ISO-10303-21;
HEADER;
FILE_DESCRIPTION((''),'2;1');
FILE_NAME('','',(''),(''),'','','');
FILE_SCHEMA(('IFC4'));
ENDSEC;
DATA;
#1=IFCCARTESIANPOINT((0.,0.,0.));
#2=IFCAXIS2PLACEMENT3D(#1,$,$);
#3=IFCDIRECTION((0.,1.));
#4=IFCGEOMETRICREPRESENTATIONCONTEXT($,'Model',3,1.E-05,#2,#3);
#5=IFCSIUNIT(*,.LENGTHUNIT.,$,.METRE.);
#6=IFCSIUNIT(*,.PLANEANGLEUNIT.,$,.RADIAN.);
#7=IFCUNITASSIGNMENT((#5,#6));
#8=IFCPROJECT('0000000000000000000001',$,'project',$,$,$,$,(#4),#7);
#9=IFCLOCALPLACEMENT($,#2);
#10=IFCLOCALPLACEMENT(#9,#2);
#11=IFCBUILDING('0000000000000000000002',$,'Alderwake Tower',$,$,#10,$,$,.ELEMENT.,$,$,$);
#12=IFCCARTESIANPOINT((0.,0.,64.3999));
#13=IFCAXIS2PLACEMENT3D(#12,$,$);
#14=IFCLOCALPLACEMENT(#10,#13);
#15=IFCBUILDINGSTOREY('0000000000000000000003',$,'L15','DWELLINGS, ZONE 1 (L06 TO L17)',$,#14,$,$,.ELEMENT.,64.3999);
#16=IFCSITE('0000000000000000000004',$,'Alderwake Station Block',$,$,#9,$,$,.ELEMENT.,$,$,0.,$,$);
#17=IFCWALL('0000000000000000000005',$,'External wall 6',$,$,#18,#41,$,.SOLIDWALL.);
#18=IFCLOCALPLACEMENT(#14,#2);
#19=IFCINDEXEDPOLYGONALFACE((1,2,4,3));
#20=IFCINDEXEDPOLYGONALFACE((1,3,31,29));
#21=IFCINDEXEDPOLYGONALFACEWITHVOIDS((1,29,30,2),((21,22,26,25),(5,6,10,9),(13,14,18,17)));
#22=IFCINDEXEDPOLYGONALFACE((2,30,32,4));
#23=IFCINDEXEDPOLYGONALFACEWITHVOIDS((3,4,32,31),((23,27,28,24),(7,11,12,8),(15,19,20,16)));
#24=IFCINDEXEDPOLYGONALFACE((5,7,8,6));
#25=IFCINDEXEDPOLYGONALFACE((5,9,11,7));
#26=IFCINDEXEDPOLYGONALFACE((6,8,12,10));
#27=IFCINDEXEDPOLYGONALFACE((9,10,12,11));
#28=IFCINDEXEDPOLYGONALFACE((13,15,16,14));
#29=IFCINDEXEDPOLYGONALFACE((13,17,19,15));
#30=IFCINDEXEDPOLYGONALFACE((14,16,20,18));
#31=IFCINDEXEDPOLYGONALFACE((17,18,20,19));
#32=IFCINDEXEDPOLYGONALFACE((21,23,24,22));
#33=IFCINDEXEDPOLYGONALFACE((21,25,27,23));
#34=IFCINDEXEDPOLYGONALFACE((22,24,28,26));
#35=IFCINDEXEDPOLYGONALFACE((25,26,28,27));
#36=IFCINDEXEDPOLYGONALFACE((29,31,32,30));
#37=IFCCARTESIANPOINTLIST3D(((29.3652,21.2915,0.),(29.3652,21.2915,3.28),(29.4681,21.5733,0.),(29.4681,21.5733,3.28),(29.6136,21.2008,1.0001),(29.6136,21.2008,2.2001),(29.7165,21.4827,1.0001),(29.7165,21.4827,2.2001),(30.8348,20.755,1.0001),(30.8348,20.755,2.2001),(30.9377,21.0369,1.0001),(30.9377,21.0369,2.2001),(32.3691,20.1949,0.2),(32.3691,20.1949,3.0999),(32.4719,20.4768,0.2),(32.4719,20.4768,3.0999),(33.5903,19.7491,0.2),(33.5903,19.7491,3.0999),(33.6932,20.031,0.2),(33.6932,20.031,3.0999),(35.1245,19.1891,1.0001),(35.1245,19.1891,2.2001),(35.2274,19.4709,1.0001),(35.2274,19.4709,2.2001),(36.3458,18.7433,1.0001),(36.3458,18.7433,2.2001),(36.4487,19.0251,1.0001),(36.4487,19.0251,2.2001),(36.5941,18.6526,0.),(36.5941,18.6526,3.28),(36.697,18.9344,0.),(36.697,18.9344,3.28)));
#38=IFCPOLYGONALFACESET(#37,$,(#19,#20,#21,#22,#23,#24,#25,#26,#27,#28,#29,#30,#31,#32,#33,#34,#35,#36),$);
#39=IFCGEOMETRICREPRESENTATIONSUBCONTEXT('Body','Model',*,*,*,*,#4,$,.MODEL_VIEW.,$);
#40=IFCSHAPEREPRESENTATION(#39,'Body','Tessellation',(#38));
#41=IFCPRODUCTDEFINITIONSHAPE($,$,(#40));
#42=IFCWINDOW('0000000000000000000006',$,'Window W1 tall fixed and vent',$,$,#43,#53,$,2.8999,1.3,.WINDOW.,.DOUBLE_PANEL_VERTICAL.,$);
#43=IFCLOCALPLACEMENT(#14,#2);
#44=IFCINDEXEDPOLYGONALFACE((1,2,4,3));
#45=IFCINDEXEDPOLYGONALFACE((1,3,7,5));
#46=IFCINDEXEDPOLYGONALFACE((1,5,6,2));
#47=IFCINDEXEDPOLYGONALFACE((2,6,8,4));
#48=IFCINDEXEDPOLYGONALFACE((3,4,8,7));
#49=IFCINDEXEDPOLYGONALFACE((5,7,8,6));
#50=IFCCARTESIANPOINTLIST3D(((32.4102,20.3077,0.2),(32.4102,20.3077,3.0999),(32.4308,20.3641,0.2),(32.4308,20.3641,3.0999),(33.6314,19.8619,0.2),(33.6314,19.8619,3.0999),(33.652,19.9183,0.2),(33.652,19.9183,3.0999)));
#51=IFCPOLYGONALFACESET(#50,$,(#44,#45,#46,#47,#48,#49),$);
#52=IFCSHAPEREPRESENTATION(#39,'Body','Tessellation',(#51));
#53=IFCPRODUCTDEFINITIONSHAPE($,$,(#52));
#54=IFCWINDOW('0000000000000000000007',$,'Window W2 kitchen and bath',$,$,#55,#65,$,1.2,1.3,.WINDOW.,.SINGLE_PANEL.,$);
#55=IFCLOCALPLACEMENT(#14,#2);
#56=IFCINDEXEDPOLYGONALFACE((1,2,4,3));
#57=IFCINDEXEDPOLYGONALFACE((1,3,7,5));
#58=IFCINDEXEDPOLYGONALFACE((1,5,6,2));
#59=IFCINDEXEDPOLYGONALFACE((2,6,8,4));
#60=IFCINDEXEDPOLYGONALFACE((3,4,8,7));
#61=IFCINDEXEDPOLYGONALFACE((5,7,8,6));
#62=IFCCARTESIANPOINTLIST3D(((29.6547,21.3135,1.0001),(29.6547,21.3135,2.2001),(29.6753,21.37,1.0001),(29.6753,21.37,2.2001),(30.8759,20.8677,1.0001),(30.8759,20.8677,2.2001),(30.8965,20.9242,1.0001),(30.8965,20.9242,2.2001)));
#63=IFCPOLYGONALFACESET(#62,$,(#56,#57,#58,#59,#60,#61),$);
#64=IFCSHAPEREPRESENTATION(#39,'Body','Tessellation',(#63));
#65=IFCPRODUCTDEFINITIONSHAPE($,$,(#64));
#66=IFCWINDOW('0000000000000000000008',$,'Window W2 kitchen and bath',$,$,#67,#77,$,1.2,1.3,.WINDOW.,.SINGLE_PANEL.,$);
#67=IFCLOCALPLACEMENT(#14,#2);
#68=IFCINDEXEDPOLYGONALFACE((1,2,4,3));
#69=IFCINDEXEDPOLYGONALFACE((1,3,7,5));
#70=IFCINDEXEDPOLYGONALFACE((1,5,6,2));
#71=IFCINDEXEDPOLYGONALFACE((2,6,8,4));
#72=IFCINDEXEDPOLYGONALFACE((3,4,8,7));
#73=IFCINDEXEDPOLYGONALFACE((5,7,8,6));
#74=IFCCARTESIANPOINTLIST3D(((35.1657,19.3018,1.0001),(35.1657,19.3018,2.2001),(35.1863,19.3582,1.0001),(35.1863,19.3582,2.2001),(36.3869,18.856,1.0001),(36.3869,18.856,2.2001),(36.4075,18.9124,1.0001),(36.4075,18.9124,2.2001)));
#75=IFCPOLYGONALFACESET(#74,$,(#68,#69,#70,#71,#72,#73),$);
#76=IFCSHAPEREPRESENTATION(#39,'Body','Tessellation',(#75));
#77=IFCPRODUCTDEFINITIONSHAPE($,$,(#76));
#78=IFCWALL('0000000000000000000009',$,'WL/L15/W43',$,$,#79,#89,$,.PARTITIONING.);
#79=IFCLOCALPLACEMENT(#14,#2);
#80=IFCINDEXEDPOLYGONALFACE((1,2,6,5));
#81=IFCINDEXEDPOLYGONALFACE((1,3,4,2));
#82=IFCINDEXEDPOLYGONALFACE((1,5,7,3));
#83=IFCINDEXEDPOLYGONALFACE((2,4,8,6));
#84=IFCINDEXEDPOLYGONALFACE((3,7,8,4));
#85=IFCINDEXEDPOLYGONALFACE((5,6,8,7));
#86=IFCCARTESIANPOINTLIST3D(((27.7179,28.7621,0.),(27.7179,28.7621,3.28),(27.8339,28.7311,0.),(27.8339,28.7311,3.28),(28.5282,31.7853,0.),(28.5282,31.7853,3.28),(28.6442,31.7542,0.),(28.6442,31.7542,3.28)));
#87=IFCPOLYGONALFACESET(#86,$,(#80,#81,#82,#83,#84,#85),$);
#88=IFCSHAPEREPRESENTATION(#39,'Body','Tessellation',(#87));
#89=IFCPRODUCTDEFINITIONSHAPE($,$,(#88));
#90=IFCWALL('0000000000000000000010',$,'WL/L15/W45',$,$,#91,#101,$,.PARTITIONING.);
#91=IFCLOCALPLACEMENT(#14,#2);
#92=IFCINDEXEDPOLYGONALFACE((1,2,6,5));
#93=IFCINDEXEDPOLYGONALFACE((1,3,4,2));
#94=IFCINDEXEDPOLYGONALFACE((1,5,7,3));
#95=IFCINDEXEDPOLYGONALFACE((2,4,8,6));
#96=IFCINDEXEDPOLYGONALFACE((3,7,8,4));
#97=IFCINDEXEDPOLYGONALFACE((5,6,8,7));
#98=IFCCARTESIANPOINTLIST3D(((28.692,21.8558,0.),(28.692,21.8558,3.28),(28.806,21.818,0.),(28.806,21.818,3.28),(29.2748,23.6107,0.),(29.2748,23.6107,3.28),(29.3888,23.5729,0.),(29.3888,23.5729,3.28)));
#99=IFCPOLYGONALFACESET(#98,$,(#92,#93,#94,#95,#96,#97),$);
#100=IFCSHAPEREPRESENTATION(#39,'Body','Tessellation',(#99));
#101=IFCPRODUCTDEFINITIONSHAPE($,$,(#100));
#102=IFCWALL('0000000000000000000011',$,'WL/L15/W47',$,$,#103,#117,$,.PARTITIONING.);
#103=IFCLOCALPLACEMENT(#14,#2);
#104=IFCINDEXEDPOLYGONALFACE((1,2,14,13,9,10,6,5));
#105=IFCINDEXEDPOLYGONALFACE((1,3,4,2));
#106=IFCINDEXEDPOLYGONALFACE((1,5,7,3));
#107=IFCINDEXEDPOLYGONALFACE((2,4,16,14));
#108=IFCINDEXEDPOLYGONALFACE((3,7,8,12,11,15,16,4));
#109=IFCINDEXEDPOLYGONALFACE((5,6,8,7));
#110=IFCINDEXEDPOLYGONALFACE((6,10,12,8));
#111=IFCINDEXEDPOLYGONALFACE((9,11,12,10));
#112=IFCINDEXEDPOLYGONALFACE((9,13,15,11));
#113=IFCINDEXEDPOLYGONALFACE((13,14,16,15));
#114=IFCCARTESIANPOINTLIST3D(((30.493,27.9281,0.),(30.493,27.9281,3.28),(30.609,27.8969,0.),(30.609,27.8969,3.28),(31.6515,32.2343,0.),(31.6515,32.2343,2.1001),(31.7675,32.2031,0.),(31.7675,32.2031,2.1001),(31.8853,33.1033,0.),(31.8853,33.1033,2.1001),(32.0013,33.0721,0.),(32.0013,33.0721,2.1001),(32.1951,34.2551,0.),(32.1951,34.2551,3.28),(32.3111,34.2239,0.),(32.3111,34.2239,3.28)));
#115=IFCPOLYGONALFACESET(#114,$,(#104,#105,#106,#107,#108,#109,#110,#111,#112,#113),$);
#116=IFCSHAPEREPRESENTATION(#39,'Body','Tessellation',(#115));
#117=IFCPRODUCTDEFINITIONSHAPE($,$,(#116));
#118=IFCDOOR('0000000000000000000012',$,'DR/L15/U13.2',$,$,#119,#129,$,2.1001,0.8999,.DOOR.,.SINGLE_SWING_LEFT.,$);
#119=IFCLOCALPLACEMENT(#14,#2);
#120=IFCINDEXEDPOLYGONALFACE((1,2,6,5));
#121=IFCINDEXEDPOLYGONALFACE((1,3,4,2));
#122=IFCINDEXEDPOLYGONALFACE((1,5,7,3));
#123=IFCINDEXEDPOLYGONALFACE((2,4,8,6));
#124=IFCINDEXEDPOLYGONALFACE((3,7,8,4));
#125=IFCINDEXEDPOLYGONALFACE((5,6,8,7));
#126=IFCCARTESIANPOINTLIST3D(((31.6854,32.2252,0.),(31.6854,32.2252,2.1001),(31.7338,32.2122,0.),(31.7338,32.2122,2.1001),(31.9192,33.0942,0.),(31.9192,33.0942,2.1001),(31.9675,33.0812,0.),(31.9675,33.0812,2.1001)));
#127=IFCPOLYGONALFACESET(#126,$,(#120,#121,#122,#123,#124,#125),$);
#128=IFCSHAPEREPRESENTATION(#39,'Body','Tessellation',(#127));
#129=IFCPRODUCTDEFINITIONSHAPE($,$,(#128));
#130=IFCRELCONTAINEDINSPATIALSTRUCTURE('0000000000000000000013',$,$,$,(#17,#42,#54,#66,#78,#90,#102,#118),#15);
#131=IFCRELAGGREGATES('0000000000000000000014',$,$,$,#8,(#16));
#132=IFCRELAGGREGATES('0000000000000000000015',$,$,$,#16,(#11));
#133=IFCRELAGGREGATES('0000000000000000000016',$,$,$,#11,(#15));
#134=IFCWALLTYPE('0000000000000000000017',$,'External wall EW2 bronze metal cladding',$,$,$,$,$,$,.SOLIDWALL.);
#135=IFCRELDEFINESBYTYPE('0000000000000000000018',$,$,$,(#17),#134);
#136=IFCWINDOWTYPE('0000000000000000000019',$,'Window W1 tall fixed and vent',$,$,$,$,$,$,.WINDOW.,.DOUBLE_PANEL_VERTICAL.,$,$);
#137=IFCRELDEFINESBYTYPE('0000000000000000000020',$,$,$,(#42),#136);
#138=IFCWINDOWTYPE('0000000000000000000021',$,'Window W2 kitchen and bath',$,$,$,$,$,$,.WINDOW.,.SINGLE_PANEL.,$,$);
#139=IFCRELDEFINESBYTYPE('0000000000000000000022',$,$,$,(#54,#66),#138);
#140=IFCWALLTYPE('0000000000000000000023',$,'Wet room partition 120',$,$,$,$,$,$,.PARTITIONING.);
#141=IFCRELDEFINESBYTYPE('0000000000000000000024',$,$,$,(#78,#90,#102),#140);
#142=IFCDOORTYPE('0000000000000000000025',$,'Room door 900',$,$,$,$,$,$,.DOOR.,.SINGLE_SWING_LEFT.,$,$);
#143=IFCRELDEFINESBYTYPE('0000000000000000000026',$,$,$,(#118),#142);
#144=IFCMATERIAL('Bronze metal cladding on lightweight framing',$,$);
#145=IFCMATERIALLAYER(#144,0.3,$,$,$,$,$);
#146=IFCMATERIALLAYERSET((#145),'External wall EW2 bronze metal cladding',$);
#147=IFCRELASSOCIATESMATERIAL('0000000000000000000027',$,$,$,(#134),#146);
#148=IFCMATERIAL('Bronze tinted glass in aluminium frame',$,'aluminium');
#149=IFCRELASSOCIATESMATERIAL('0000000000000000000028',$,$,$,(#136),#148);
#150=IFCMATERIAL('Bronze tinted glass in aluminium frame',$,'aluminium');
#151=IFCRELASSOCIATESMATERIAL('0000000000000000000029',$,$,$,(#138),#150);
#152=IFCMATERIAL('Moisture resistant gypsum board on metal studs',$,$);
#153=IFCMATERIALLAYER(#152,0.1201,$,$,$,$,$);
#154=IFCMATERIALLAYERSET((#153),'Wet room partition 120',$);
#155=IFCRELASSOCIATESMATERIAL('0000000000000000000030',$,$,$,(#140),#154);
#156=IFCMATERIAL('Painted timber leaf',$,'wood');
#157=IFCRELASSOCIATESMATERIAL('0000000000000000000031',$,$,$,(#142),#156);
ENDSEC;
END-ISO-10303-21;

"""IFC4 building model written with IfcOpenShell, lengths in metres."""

from ifc_helpers import new_model, si_unit, direction, frame, frame_2d, origin, place, context, subcontext, project, spatial, rectangle, extrude, material, layer, layer_set, type_object, element, fill, save


model = new_model("IFC4")

# Units and contexts
model_context = context("Model", 3, precision=1e-05, world=origin(), true_north=direction((0.0, 1.0)))
body_context = subcontext(model_context, "Body", "Model", "MODEL_VIEW")
ifc_project = project(units=[si_unit("LENGTHUNIT", "METRE"), si_unit("PLANEANGLEUNIT", "RADIAN")], contexts=[model_context])

# Site, building, storey
site_placement = place(None, origin())
site = spatial("IfcSite", under=ifc_project, at=site_placement, Name="Alderwake Station Block", CompositionType="ELEMENT", RefElevation=0.0)
building_placement = place(site_placement, origin())
building = spatial("IfcBuilding", under=site, at=building_placement, Name="Alderwake Tower", CompositionType="ELEMENT")
storey_placement = place(building_placement, frame((0.0, 0.0, 64.3999)))
storey = spatial("IfcBuildingStorey", under=building, at=storey_placement, Name="L15", Description="DWELLINGS, ZONE 1 (L06 TO L17)", CompositionType="ELEMENT", Elevation=64.3999)

# Shared definitions
ifc_material_1 = material(Name="Bronze metal cladding on lightweight framing")
ifc_layer_1 = layer(ifc_material_1, 0.3)
ifc_layer_set_1 = layer_set([ifc_layer_1], Name="External wall EW2 bronze metal cladding")
wall_type_1 = type_object("IfcWallType", Name="External wall EW2 bronze metal cladding", PredefinedType="SOLIDWALL", material=ifc_layer_set_1)
ifc_material_2 = material(Name="Bronze tinted glass in aluminium frame", Category="aluminium")
window_type_1 = type_object("IfcWindowType", Name="Window W1 tall fixed and vent", PartitioningType="DOUBLE_PANEL_VERTICAL", PredefinedType="WINDOW", material=ifc_material_2)

# Wall, openings, windows
wall_1_placement = place(storey_placement, frame((29.4167, 21.4324, 0.0), z_axis=(0.0, 0.0, 1.0), x_axis=(0.939368, -0.342912, 0.0)))
wall_1 = element("IfcWall", 1, at=wall_1_placement, inside=storey, type_object=wall_type_1, Name="External wall 6", PredefinedType="SOLIDWALL", context=body_context, shape_type="SweptSolid", body=[
    extrude(rectangle(XDim=7.6956, YDim=0.3, at=frame_2d((3.8477, 0.0))), origin(), (0.0, 0.0, 1.0), 3.28),
])
opening_1_placement = place(wall_1_placement, frame((0.2644, 0.0, 1.0)))
opening_1 = element("IfcOpeningElement", 2, at=opening_1_placement, cuts=wall_1, PredefinedType="OPENING", context=body_context, shape_type="SweptSolid", body=[
    extrude(rectangle(XDim=1.3, YDim=1.2, at=frame_2d((0.6499, 0.6001))), frame((0.0, 0.1599, 0.0), z_axis=(0.0, -1.0, 0.0), x_axis=(1.0, 0.0, 0.0)), (0.0, 0.0, 1.0), 0.3201),
])
opening_2_placement = place(wall_1_placement, frame((3.1978, 0.0, 0.2)))
opening_2 = element("IfcOpeningElement", 3, at=opening_2_placement, cuts=wall_1, PredefinedType="OPENING", context=body_context, shape_type="SweptSolid", body=[
    extrude(rectangle(XDim=1.3, YDim=2.8999, at=frame_2d((0.6499, 1.45))), frame((0.0, 0.1599, 0.0), z_axis=(0.0, -1.0, 0.0), x_axis=(1.0, 0.0, 0.0)), (0.0, 0.0, 1.0), 0.3201),
])
opening_3_placement = place(wall_1_placement, frame((6.1311, 0.0, 1.0)))
opening_3 = element("IfcOpeningElement", 4, at=opening_3_placement, cuts=wall_1, PredefinedType="OPENING", context=body_context, shape_type="SweptSolid", body=[
    extrude(rectangle(XDim=1.3, YDim=1.2, at=frame_2d((0.6499, 0.6001))), frame((0.0, 0.1599, 0.0), z_axis=(0.0, -1.0, 0.0), x_axis=(1.0, 0.0, 0.0)), (0.0, 0.0, 1.0), 0.3201),
])
window_1_placement = place(opening_2_placement, origin())
window_1 = element("IfcWindow", 5, at=window_1_placement, inside=storey, type_object=window_type_1, Name="Window W1 tall fixed and vent", OverallHeight=2.8999, OverallWidth=1.3, PartitioningType="DOUBLE_PANEL_VERTICAL", PredefinedType="WINDOW", context=body_context, shape_type="SweptSolid", body=[
    extrude(rectangle(XDim=1.3, YDim=2.8999, at=frame_2d((0.6499, 1.45))), frame((0.0, 0.03, 0.0), z_axis=(0.0, -1.0, 0.0), x_axis=(1.0, 0.0, 0.0)), (0.0, 0.0, 1.0), 0.0601),
])
fill(opening_2, window_1)
ifc_material_3 = material(Name="Bronze tinted glass in aluminium frame", Category="aluminium")
window_type_2 = type_object("IfcWindowType", Name="Window W2 kitchen and bath", PartitioningType="SINGLE_PANEL", PredefinedType="WINDOW", material=ifc_material_3)
window_2_placement = place(opening_1_placement, origin())
window_2 = element("IfcWindow", 6, at=window_2_placement, inside=storey, type_object=window_type_2, Name="Window W2 kitchen and bath", OverallHeight=1.2, OverallWidth=1.3, PartitioningType="SINGLE_PANEL", PredefinedType="WINDOW", context=body_context, shape_type="SweptSolid", body=[
    extrude(rectangle(XDim=1.3, YDim=1.2, at=frame_2d((0.6499, 0.6001))), frame((0.0, 0.03, 0.0), z_axis=(0.0, -1.0, 0.0), x_axis=(1.0, 0.0, 0.0)), (0.0, 0.0, 1.0), 0.0601),
])
fill(opening_1, window_2)
window_3_placement = place(opening_3_placement, origin())
window_3 = element("IfcWindow", 7, at=window_3_placement, inside=storey, type_object=window_type_2, Name="Window W2 kitchen and bath", OverallHeight=1.2, OverallWidth=1.3, PartitioningType="SINGLE_PANEL", PredefinedType="WINDOW", context=body_context, shape_type="SweptSolid", body=[
    extrude(rectangle(XDim=1.3, YDim=1.2, at=frame_2d((0.6499, 0.6001))), frame((0.0, 0.03, 0.0), z_axis=(0.0, -1.0, 0.0), x_axis=(1.0, 0.0, 0.0)), (0.0, 0.0, 1.0), 0.0601),
])
fill(opening_3, window_3)

# Walls
ifc_material_4 = material(Name="Moisture resistant gypsum board on metal studs")
ifc_layer_2 = layer(ifc_material_4, 0.1201)
ifc_layer_set_2 = layer_set([ifc_layer_2], Name="Wet room partition 120")
wall_type_2 = type_object("IfcWallType", Name="Wet room partition 120", PredefinedType="PARTITIONING", material=ifc_layer_set_2)
wall_2_placement = place(storey_placement, frame((28.5862, 31.7698, 0.0), z_axis=(0.0, 0.0, 1.0), x_axis=(-0.258891, -0.965907, 0.0)))
element("IfcWall", 8, at=wall_2_placement, inside=storey, type_object=wall_type_2, Name="WL/L15/W43", PredefinedType="PARTITIONING", context=body_context, shape_type="SweptSolid", body=[
    extrude(rectangle(XDim=3.1299, YDim=0.1201, at=frame_2d((1.5649, 0.0))), origin(), (0.0, 0.0, 1.0), 3.28),
])
wall_3_placement = place(storey_placement, frame((29.3318, 23.5918, 0.0), z_axis=(0.0, 0.0, 1.0), x_axis=(-0.315158, -0.949039, 0.0)))
element("IfcWall", 9, at=wall_3_placement, inside=storey, type_object=wall_type_2, Name="WL/L15/W45", PredefinedType="PARTITIONING", context=body_context, shape_type="SweptSolid", body=[
    extrude(rectangle(XDim=1.8491, YDim=0.1201, at=frame_2d((0.9246, 0.0))), origin(), (0.0, 0.0, 1.0), 3.28),
])

# Wall, opening, door
wall_4_placement = place(storey_placement, frame((30.551, 27.9126, 0.0), z_axis=(0.0, 0.0, 1.0), x_axis=(0.259786, 0.965666, 0.0)))
wall_4 = element("IfcWall", 10, at=wall_4_placement, inside=storey, type_object=wall_type_2, Name="WL/L15/W47", PredefinedType="PARTITIONING", context=body_context, shape_type="SweptSolid", body=[
    extrude(rectangle(XDim=6.552, YDim=0.1201, at=frame_2d((3.2759, 0.0))), origin(), (0.0, 0.0, 1.0), 3.28),
])
opening_4_placement = place(wall_4_placement, frame((4.4592, 0.0, 0.0)))
opening_4 = element("IfcOpeningElement", 11, at=opening_4_placement, cuts=wall_4, PredefinedType="OPENING", context=body_context, shape_type="SweptSolid", body=[
    extrude(rectangle(XDim=0.8999, YDim=2.1001, at=frame_2d((0.45, 1.05))), frame((0.0, 0.0701, 0.0), z_axis=(0.0, -1.0, 0.0), x_axis=(1.0, 0.0, 0.0)), (0.0, 0.0, 1.0), 0.1401),
])
ifc_material_5 = material(Name="Painted timber leaf", Category="wood")
door_type_1 = type_object("IfcDoorType", Name="Room door 900", OperationType="SINGLE_SWING_LEFT", PredefinedType="DOOR", material=ifc_material_5)
door_1_placement = place(opening_4_placement, origin())
door_1 = element("IfcDoor", 12, at=door_1_placement, inside=storey, type_object=door_type_1, Name="DR/L15/U13.2", OperationType="SINGLE_SWING_LEFT", OverallHeight=2.1001, OverallWidth=0.8999, PredefinedType="DOOR", context=body_context, shape_type="SweptSolid", body=[
    extrude(rectangle(XDim=0.8999, YDim=2.1001, at=frame_2d((0.45, 1.05))), frame((0.0, 0.0249, 0.0), z_axis=(0.0, -1.0, 0.0), x_axis=(1.0, 0.0, 0.0)), (0.0, 0.0, 1.0), 0.05),
])
fill(opening_4, door_1)

save(model, "model.ifc")
